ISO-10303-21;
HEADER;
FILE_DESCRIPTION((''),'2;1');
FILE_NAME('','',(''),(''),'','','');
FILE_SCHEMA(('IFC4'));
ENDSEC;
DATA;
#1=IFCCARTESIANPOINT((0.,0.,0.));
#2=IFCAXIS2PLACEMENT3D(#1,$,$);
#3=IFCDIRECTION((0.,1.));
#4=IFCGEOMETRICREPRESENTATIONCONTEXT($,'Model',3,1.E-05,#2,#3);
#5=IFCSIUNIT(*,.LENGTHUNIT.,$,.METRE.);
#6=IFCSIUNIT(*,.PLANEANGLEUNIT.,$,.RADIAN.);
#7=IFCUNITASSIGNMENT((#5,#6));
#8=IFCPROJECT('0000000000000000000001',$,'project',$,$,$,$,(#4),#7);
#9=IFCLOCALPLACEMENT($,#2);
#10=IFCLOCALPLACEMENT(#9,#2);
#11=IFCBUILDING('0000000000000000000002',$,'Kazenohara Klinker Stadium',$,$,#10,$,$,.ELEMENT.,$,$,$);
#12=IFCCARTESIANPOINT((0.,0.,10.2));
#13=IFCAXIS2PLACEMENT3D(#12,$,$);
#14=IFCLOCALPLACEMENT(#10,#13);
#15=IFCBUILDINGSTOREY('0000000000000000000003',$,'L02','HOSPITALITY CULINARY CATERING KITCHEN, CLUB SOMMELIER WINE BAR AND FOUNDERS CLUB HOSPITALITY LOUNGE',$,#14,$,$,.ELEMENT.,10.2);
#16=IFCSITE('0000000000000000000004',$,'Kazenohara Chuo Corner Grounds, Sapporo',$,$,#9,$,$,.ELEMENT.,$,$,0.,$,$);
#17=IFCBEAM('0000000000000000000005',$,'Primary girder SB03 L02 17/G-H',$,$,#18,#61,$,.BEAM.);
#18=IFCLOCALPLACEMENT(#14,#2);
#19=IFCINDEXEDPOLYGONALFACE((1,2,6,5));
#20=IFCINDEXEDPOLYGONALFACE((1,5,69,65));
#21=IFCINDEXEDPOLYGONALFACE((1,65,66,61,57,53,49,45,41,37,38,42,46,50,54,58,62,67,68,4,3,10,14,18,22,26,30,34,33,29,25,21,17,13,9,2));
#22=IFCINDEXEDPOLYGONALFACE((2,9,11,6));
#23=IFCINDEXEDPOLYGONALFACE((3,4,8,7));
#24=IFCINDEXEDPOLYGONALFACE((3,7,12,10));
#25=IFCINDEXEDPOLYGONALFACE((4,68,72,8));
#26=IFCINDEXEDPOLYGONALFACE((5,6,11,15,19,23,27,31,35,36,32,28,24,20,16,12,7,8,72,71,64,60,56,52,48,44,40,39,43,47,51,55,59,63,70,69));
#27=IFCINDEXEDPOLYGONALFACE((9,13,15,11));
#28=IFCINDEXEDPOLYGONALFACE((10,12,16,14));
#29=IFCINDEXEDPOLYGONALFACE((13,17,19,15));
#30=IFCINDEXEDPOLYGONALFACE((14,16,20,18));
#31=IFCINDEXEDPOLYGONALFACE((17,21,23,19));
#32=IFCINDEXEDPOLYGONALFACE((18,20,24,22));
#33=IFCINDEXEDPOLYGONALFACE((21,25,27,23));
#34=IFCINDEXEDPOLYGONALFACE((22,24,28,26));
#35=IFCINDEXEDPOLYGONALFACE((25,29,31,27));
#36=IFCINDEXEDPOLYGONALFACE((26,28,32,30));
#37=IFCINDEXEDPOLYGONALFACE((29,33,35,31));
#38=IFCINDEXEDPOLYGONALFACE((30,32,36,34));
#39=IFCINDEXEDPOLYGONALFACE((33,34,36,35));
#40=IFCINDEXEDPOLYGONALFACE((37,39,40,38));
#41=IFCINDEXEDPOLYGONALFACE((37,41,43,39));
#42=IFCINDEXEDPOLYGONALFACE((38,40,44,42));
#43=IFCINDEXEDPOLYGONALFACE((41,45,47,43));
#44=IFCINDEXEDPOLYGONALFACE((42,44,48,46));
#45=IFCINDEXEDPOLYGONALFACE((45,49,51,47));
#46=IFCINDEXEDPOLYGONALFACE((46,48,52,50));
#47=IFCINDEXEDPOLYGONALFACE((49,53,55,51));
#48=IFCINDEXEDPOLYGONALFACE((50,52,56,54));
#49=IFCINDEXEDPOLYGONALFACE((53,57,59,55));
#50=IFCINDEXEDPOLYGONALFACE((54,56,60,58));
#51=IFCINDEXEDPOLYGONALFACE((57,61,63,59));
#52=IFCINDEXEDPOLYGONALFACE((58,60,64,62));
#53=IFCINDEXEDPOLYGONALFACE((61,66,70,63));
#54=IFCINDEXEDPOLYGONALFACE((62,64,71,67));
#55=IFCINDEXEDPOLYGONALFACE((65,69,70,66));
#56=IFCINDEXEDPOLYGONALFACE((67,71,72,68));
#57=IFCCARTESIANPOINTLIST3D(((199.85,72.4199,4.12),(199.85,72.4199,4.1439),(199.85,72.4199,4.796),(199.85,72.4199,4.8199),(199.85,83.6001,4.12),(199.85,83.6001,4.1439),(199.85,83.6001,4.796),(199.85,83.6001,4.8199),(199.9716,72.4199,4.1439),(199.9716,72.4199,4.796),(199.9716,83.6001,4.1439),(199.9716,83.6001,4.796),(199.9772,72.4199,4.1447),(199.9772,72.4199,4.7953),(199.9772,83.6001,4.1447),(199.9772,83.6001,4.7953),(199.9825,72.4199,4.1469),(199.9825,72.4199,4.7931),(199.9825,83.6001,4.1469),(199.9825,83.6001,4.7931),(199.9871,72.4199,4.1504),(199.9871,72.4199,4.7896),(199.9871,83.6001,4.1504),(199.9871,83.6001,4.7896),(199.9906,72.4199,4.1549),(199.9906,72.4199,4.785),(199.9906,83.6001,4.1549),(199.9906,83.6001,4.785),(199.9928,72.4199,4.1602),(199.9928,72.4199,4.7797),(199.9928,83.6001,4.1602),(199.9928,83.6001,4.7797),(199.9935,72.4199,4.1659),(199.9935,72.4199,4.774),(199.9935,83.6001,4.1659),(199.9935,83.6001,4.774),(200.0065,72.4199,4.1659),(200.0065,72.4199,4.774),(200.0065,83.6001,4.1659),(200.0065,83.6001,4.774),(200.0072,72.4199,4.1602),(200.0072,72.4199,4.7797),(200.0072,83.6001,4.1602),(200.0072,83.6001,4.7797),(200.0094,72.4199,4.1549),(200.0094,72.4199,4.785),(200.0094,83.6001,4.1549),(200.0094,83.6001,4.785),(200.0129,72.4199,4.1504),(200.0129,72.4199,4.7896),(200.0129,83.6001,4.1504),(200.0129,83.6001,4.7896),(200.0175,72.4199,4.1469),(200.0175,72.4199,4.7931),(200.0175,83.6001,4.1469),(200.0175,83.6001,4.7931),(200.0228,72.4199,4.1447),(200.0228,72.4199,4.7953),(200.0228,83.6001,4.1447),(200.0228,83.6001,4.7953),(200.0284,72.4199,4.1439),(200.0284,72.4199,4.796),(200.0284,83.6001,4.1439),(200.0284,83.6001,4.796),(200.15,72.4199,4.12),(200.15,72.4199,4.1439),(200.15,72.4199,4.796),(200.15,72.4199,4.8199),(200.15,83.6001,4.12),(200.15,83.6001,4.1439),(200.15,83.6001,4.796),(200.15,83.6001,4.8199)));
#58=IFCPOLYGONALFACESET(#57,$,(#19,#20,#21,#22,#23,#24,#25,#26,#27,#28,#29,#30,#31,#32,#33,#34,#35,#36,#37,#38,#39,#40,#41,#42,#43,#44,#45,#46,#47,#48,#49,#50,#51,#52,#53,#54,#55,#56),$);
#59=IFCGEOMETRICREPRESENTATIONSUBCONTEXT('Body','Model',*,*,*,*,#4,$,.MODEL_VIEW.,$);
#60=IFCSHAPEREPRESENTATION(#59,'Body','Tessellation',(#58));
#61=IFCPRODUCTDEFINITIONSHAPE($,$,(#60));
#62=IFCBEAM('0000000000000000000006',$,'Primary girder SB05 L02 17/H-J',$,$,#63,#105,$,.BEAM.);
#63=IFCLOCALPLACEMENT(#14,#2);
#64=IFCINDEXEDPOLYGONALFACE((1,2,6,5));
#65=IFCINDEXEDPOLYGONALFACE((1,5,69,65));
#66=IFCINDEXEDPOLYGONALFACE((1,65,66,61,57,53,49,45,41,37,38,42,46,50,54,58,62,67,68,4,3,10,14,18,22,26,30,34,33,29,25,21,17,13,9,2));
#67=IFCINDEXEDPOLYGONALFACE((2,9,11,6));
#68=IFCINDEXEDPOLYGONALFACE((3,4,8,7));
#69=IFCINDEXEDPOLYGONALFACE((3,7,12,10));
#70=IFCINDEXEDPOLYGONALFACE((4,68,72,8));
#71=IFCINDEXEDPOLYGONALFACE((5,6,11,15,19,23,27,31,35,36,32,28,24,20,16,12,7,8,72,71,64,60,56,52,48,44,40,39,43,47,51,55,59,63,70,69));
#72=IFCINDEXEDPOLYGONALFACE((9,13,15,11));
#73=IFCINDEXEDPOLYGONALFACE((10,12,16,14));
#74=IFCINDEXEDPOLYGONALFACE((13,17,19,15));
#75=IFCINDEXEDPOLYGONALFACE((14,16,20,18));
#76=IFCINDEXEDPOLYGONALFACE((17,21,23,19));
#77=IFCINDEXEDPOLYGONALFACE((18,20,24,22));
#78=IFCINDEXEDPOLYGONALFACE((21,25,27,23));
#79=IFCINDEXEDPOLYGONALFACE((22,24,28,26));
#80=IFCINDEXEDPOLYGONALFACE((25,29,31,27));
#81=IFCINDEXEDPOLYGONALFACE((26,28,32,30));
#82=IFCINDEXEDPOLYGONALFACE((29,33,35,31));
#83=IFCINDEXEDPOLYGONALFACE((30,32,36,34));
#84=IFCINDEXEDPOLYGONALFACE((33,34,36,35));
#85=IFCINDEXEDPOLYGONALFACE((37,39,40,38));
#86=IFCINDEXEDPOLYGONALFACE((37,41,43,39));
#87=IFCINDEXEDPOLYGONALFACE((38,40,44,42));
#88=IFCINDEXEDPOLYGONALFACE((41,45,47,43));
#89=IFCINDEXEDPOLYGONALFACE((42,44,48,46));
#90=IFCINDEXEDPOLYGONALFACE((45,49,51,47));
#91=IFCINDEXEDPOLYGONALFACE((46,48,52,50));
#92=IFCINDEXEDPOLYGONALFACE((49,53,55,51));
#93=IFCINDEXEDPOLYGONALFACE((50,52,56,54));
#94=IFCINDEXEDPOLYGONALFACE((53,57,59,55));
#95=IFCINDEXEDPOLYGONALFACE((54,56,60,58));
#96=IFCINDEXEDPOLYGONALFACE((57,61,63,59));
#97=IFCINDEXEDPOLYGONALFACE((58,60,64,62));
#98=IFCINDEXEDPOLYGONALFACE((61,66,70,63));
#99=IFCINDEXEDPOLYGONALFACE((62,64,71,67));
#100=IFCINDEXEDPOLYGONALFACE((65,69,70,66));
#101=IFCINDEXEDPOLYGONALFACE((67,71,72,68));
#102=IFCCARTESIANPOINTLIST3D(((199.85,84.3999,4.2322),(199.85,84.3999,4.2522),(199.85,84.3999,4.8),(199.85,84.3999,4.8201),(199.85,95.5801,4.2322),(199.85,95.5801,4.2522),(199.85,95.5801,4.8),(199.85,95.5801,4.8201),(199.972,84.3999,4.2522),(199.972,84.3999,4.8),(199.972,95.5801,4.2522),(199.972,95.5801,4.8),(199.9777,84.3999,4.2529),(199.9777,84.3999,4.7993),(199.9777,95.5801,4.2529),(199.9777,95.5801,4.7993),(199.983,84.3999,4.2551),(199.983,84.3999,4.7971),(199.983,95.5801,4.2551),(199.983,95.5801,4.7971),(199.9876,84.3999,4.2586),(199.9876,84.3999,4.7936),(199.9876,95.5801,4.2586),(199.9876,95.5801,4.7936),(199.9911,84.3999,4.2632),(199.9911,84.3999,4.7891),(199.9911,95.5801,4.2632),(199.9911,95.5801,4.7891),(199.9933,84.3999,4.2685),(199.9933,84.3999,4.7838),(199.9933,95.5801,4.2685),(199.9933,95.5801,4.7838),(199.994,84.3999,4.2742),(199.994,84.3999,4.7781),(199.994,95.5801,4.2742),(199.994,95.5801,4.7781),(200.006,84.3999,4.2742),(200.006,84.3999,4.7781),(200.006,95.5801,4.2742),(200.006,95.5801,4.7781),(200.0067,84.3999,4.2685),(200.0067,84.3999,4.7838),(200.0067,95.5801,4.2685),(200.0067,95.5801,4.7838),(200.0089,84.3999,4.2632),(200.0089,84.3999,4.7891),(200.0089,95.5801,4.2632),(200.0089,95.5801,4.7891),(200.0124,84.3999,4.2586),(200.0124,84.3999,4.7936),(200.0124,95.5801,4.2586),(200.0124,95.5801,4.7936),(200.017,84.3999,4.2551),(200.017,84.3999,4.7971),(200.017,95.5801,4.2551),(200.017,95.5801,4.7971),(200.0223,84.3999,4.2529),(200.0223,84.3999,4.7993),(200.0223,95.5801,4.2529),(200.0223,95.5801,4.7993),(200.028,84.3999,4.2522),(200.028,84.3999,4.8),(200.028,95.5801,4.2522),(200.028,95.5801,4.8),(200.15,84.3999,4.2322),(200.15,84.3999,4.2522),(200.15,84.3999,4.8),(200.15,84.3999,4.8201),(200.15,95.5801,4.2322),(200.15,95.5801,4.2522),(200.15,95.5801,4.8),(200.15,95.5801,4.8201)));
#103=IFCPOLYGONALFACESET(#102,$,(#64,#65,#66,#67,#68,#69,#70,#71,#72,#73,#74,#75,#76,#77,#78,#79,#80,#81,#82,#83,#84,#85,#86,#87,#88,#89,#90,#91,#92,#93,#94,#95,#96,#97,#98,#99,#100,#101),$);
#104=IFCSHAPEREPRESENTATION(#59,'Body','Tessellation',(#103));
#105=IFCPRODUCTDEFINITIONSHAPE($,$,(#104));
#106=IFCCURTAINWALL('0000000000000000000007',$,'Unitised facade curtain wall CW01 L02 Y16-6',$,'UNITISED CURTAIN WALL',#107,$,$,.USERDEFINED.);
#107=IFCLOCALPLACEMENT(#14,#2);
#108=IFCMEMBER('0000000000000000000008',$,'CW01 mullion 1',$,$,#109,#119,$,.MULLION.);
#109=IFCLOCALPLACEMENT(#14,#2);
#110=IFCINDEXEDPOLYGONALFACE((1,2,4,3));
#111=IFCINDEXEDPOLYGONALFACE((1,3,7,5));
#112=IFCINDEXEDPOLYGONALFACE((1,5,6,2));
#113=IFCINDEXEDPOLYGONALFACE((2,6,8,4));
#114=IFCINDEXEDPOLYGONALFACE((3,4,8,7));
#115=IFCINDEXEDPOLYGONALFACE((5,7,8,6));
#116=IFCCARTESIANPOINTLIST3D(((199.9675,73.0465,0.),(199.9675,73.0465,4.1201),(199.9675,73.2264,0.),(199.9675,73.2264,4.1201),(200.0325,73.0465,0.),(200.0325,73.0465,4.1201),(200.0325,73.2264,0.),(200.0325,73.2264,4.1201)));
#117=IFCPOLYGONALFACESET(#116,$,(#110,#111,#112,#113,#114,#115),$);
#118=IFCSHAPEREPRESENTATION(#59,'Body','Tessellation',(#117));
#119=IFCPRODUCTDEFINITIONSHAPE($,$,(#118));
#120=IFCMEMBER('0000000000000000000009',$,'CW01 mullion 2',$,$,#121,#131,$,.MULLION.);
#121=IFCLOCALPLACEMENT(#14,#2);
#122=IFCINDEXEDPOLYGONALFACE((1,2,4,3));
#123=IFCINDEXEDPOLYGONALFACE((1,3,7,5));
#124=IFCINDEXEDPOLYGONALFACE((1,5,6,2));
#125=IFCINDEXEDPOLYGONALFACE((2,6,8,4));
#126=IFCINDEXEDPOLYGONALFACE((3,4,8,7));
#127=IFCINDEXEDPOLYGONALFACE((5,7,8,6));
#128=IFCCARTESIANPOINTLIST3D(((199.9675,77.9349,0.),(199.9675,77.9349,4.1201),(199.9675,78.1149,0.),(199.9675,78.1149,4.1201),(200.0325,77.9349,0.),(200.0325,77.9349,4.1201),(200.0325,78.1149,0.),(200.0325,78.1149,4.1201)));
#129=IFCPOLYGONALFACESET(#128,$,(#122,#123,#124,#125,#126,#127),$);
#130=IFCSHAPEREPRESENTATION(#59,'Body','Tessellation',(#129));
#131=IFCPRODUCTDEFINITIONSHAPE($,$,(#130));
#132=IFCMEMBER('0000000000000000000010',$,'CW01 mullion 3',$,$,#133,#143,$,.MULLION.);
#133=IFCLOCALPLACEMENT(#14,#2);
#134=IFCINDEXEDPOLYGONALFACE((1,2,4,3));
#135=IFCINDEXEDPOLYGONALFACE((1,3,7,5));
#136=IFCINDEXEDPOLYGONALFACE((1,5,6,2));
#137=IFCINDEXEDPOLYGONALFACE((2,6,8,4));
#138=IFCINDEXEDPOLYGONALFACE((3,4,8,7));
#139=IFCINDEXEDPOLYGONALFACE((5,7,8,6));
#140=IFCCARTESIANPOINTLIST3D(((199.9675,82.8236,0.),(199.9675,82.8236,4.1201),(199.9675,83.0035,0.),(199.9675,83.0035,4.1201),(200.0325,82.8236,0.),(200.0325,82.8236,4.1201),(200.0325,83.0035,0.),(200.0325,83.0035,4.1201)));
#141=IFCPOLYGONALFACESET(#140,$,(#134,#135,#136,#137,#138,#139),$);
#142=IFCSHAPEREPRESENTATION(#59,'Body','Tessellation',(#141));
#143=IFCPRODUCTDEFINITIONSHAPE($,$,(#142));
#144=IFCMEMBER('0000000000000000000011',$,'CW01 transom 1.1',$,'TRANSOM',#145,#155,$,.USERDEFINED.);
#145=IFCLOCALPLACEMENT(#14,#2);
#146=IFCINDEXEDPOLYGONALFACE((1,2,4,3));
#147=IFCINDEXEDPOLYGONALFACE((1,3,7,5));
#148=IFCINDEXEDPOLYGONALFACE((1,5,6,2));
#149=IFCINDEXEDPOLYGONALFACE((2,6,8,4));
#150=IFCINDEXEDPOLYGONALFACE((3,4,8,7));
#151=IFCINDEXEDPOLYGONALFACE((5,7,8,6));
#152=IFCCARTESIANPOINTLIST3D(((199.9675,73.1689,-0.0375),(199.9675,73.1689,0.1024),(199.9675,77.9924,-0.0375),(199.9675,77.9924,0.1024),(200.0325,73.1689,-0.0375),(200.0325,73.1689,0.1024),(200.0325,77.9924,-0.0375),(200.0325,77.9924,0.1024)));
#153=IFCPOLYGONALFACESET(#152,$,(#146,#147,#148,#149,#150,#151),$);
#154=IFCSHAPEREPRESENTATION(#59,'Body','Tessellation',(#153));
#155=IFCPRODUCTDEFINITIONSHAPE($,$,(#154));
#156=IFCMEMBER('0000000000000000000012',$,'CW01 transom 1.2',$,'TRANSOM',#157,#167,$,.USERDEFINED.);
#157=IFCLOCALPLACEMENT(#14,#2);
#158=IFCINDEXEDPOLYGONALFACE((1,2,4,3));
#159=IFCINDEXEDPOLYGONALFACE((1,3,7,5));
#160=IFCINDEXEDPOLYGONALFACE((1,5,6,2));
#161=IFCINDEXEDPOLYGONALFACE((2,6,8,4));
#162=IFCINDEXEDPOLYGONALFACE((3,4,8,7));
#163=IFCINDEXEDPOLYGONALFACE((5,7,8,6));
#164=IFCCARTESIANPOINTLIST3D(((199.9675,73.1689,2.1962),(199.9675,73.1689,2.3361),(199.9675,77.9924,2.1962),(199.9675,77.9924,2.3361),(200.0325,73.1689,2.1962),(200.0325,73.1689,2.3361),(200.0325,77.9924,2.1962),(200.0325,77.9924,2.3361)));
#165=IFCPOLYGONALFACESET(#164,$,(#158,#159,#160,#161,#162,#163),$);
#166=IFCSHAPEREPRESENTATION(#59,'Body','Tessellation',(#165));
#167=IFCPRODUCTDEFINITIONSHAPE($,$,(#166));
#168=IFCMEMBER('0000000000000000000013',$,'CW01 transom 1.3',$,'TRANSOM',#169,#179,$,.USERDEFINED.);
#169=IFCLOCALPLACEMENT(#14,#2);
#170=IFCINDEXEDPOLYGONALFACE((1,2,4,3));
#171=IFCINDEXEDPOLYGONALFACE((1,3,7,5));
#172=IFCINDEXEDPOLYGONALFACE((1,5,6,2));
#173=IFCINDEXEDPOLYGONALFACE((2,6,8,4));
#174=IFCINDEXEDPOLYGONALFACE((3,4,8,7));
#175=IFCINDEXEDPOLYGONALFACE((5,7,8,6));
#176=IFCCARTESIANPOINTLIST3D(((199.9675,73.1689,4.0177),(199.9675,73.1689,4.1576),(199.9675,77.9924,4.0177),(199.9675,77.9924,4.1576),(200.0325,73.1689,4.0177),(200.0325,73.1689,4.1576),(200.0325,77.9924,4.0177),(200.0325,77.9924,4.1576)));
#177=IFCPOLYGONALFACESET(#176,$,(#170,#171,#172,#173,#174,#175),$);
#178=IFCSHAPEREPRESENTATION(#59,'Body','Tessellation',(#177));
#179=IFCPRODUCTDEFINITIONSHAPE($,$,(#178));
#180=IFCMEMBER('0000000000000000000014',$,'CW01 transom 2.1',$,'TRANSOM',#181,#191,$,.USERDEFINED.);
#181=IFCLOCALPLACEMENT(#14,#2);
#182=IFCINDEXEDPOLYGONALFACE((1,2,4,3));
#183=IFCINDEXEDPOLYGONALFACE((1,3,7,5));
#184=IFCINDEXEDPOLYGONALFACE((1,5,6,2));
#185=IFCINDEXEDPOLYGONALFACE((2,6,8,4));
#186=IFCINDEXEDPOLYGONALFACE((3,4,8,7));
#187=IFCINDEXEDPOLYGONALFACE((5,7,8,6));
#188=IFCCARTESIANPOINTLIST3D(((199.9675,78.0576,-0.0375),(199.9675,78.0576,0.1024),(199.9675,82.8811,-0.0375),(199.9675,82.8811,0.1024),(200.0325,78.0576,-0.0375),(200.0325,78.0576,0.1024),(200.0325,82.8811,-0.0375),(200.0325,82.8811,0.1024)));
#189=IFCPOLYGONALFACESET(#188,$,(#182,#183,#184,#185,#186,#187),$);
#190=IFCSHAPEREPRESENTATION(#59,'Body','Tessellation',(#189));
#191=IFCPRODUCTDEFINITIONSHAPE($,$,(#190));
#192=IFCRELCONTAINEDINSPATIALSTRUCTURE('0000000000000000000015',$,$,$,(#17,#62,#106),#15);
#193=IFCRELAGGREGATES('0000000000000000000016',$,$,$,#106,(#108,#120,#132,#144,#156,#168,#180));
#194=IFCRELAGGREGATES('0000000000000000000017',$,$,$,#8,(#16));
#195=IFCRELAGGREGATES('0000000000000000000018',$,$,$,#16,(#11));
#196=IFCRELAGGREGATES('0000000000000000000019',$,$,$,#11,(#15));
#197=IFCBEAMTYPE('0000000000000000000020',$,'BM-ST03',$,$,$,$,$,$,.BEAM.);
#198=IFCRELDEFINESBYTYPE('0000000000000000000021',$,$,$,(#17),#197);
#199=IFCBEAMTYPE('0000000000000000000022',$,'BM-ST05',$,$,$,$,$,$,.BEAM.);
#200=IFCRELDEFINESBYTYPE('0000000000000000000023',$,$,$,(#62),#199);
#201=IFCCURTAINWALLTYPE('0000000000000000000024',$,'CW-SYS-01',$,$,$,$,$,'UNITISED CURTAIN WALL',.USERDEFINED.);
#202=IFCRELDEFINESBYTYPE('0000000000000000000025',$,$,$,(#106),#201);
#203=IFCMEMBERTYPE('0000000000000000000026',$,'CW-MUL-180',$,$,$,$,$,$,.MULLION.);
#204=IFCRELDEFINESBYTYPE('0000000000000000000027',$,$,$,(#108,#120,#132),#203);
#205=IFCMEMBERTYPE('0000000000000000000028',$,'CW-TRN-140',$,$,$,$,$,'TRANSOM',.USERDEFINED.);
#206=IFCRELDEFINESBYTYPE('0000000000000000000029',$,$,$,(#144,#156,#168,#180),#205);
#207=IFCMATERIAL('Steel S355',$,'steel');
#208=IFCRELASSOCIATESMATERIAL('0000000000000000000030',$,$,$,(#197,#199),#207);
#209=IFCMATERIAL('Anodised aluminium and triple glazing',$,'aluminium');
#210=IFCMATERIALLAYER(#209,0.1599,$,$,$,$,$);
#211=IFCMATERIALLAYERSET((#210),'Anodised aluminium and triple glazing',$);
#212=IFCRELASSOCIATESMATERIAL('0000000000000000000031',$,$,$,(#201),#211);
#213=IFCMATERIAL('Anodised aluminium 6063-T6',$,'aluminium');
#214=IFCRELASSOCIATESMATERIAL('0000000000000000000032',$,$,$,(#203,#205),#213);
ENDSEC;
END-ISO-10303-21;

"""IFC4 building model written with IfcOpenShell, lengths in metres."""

from ifc_helpers import new_model, si_unit, direction, frame, origin, origin_2d, place, context, subcontext, project, spatial, rectangle, i_section, extrude, material, layer, layer_set, material_profile, profile_set, type_object, element, aggregate, save


model = new_model("IFC4")

# Units and contexts
model_context = context("Model", 3, precision=1e-05, world=origin(), true_north=direction((0.0, 1.0)))
body_context = subcontext(model_context, "Body", "Model", "MODEL_VIEW")
ifc_project = project(units=[si_unit("LENGTHUNIT", "METRE"), si_unit("PLANEANGLEUNIT", "RADIAN")], contexts=[model_context])

# Site, building, storey
site_placement = place(None, origin())
site = spatial("IfcSite", under=ifc_project, at=site_placement, Name="Kazenohara Chuo Corner Grounds, Sapporo", CompositionType="ELEMENT", RefElevation=0.0)
building_placement = place(site_placement, origin())
building = spatial("IfcBuilding", under=site, at=building_placement, Name="Kazenohara Klinker Stadium", CompositionType="ELEMENT")
storey_placement = place(building_placement, frame((0.0, 0.0, 10.2)))
storey = spatial("IfcBuildingStorey", under=building, at=storey_placement, Name="L02", Description="HOSPITALITY CULINARY CATERING KITCHEN, CLUB SOMMELIER WINE BAR AND FOUNDERS CLUB HOSPITALITY LOUNGE", CompositionType="ELEMENT", Elevation=10.2)

# Beams
ifc_material_1 = material(Name="Steel S355", Category="steel")
ifc_material_profile_1 = material_profile(ifc_material_1, i_section(OverallWidth=0.3, OverallDepth=0.7, WebThickness=0.0129, FlangeThickness=0.0239, FilletRadius=0.022, at=origin_2d()), Name="H-700x300x13x24")
ifc_profile_set_1 = profile_set([ifc_material_profile_1], Name="Steel S355")
beam_type_1 = type_object("IfcBeamType", Name="BM-ST03", PredefinedType="BEAM", material=ifc_profile_set_1)
beam_1_placement = place(storey_placement, frame((200.0, 72.4199, 4.47), z_axis=(0.0, 1.0, 0.0), x_axis=(-1.0, 0.0, 0.0)))
element("IfcBeam", 1, at=beam_1_placement, inside=storey, type_object=beam_type_1, Name="Primary girder SB03 L02 17/G-H", PredefinedType="BEAM", context=body_context, shape_type="SweptSolid", body=[
    extrude(i_section(OverallWidth=0.3, OverallDepth=0.7, WebThickness=0.0129, FlangeThickness=0.0239, FilletRadius=0.022, at=origin_2d()), origin(), (0.0, 0.0, 1.0), 11.1802),
])
ifc_material_profile_2 = material_profile(ifc_material_1, i_section(OverallWidth=0.3, OverallDepth=0.5879, WebThickness=0.012, FlangeThickness=0.02, FilletRadius=0.022, at=origin_2d()), Name="H-588x300x12x20")
ifc_profile_set_2 = profile_set([ifc_material_profile_2], Name="Steel S355")
beam_type_2 = type_object("IfcBeamType", Name="BM-ST05", PredefinedType="BEAM", material=ifc_profile_set_2)
beam_2_placement = place(storey_placement, frame((200.0, 84.3999, 4.5261), z_axis=(0.0, 1.0, 0.0), x_axis=(-1.0, 0.0, 0.0)))
element("IfcBeam", 2, at=beam_2_placement, inside=storey, type_object=beam_type_2, Name="Primary girder SB05 L02 17/H-J", PredefinedType="BEAM", context=body_context, shape_type="SweptSolid", body=[
    extrude(i_section(OverallWidth=0.3, OverallDepth=0.5879, WebThickness=0.012, FlangeThickness=0.02, FilletRadius=0.022, at=origin_2d()), origin(), (0.0, 0.0, 1.0), 11.1802),
])

# Curtain wall, members
ifc_material_2 = material(Name="Anodised aluminium and triple glazing", Category="aluminium")
ifc_layer_1 = layer(ifc_material_2, 0.1599)
ifc_layer_set_1 = layer_set([ifc_layer_1], Name="Anodised aluminium and triple glazing")
curtain_wall_type = type_object("IfcCurtainWallType", Name="CW-SYS-01", ElementType="UNITISED CURTAIN WALL", PredefinedType="USERDEFINED", material=ifc_layer_set_1)
curtain_wall_placement = place(storey_placement, origin())
curtain_wall = element("IfcCurtainWall", 3, at=curtain_wall_placement, inside=storey, type_object=curtain_wall_type, Name="Unitised facade curtain wall CW01 L02 Y16-6", ObjectType="UNITISED CURTAIN WALL", PredefinedType="USERDEFINED")
ifc_material_3 = material(Name="Anodised aluminium 6063-T6", Category="aluminium")
ifc_material_profile_3 = material_profile(ifc_material_3, rectangle(XDim=0.0649, YDim=0.1799, at=origin_2d()), Name="ALU-MUL-65x180")
ifc_profile_set_3 = profile_set([ifc_material_profile_3], Name="Anodised aluminium 6063-T6")
member_type_1 = type_object("IfcMemberType", Name="CW-MUL-180", PredefinedType="MULLION", material=ifc_profile_set_3)
member_1_placement = place(storey_placement, frame((200.0, 73.1365, 0.0), z_axis=(0.0, 0.0, 1.0), x_axis=(-1.0, 0.0, 0.0)))
member_1 = element("IfcMember", 4, at=member_1_placement, type_object=member_type_1, Name="CW01 mullion 1", PredefinedType="MULLION", context=body_context, shape_type="SweptSolid", body=[
    extrude(rectangle(XDim=0.0649, YDim=0.1799, at=origin_2d()), origin(), (0.0, 0.0, 1.0), 4.1201),
])
member_2_placement = place(storey_placement, frame((200.0, 78.0249, 0.0), z_axis=(0.0, 0.0, 1.0), x_axis=(-1.0, 0.0, 0.0)))
member_2 = element("IfcMember", 5, at=member_2_placement, type_object=member_type_1, Name="CW01 mullion 2", PredefinedType="MULLION", context=body_context, shape_type="SweptSolid", body=[
    extrude(rectangle(XDim=0.0649, YDim=0.1799, at=origin_2d()), origin(), (0.0, 0.0, 1.0), 4.1201),
])
member_3_placement = place(storey_placement, frame((200.0, 82.9136, 0.0), z_axis=(0.0, 0.0, 1.0), x_axis=(-1.0, 0.0, 0.0)))
member_3 = element("IfcMember", 6, at=member_3_placement, type_object=member_type_1, Name="CW01 mullion 3", PredefinedType="MULLION", context=body_context, shape_type="SweptSolid", body=[
    extrude(rectangle(XDim=0.0649, YDim=0.1799, at=origin_2d()), origin(), (0.0, 0.0, 1.0), 4.1201),
])
ifc_material_profile_4 = material_profile(ifc_material_3, rectangle(XDim=0.0649, YDim=0.1399, at=origin_2d()), Name="ALU-TRN-65x140")
ifc_profile_set_4 = profile_set([ifc_material_profile_4], Name="Anodised aluminium 6063-T6")
member_type_2 = type_object("IfcMemberType", Name="CW-TRN-140", ElementType="TRANSOM", PredefinedType="USERDEFINED", material=ifc_profile_set_4)
member_4_placement = place(storey_placement, frame((200.0, 73.1689, 0.0325), z_axis=(0.0, 1.0, 0.0), x_axis=(-1.0, 0.0, 0.0)))
member_4 = element("IfcMember", 7, at=member_4_placement, type_object=member_type_2, Name="CW01 transom 1.1", ObjectType="TRANSOM", PredefinedType="USERDEFINED", context=body_context, shape_type="SweptSolid", body=[
    extrude(rectangle(XDim=0.0649, YDim=0.1399, at=origin_2d()), origin(), (0.0, 0.0, 1.0), 4.8235),
])
member_5_placement = place(storey_placement, frame((200.0, 73.1689, 2.2661), z_axis=(0.0, 1.0, 0.0), x_axis=(-1.0, 0.0, 0.0)))
member_5 = element("IfcMember", 8, at=member_5_placement, type_object=member_type_2, Name="CW01 transom 1.2", ObjectType="TRANSOM", PredefinedType="USERDEFINED", context=body_context, shape_type="SweptSolid", body=[
    extrude(rectangle(XDim=0.0649, YDim=0.1399, at=origin_2d()), origin(), (0.0, 0.0, 1.0), 4.8235),
])
member_6_placement = place(storey_placement, frame((200.0, 73.1689, 4.0876), z_axis=(0.0, 1.0, 0.0), x_axis=(-1.0, 0.0, 0.0)))
member_6 = element("IfcMember", 9, at=member_6_placement, type_object=member_type_2, Name="CW01 transom 1.3", ObjectType="TRANSOM", PredefinedType="USERDEFINED", context=body_context, shape_type="SweptSolid", body=[
    extrude(rectangle(XDim=0.0649, YDim=0.1399, at=origin_2d()), origin(), (0.0, 0.0, 1.0), 4.8235),
])
member_7_placement = place(storey_placement, frame((200.0, 78.0576, 0.0325), z_axis=(0.0, 1.0, 0.0), x_axis=(-1.0, 0.0, 0.0)))
member_7 = element("IfcMember", 10, at=member_7_placement, type_object=member_type_2, Name="CW01 transom 2.1", ObjectType="TRANSOM", PredefinedType="USERDEFINED", context=body_context, shape_type="SweptSolid", body=[
    extrude(rectangle(XDim=0.0649, YDim=0.1399, at=origin_2d()), origin(), (0.0, 0.0, 1.0), 4.8235),
])

aggregate(curtain_wall, [member_1, member_2, member_3, member_4, member_5, member_6, member_7])

save(model, "model.ifc")
